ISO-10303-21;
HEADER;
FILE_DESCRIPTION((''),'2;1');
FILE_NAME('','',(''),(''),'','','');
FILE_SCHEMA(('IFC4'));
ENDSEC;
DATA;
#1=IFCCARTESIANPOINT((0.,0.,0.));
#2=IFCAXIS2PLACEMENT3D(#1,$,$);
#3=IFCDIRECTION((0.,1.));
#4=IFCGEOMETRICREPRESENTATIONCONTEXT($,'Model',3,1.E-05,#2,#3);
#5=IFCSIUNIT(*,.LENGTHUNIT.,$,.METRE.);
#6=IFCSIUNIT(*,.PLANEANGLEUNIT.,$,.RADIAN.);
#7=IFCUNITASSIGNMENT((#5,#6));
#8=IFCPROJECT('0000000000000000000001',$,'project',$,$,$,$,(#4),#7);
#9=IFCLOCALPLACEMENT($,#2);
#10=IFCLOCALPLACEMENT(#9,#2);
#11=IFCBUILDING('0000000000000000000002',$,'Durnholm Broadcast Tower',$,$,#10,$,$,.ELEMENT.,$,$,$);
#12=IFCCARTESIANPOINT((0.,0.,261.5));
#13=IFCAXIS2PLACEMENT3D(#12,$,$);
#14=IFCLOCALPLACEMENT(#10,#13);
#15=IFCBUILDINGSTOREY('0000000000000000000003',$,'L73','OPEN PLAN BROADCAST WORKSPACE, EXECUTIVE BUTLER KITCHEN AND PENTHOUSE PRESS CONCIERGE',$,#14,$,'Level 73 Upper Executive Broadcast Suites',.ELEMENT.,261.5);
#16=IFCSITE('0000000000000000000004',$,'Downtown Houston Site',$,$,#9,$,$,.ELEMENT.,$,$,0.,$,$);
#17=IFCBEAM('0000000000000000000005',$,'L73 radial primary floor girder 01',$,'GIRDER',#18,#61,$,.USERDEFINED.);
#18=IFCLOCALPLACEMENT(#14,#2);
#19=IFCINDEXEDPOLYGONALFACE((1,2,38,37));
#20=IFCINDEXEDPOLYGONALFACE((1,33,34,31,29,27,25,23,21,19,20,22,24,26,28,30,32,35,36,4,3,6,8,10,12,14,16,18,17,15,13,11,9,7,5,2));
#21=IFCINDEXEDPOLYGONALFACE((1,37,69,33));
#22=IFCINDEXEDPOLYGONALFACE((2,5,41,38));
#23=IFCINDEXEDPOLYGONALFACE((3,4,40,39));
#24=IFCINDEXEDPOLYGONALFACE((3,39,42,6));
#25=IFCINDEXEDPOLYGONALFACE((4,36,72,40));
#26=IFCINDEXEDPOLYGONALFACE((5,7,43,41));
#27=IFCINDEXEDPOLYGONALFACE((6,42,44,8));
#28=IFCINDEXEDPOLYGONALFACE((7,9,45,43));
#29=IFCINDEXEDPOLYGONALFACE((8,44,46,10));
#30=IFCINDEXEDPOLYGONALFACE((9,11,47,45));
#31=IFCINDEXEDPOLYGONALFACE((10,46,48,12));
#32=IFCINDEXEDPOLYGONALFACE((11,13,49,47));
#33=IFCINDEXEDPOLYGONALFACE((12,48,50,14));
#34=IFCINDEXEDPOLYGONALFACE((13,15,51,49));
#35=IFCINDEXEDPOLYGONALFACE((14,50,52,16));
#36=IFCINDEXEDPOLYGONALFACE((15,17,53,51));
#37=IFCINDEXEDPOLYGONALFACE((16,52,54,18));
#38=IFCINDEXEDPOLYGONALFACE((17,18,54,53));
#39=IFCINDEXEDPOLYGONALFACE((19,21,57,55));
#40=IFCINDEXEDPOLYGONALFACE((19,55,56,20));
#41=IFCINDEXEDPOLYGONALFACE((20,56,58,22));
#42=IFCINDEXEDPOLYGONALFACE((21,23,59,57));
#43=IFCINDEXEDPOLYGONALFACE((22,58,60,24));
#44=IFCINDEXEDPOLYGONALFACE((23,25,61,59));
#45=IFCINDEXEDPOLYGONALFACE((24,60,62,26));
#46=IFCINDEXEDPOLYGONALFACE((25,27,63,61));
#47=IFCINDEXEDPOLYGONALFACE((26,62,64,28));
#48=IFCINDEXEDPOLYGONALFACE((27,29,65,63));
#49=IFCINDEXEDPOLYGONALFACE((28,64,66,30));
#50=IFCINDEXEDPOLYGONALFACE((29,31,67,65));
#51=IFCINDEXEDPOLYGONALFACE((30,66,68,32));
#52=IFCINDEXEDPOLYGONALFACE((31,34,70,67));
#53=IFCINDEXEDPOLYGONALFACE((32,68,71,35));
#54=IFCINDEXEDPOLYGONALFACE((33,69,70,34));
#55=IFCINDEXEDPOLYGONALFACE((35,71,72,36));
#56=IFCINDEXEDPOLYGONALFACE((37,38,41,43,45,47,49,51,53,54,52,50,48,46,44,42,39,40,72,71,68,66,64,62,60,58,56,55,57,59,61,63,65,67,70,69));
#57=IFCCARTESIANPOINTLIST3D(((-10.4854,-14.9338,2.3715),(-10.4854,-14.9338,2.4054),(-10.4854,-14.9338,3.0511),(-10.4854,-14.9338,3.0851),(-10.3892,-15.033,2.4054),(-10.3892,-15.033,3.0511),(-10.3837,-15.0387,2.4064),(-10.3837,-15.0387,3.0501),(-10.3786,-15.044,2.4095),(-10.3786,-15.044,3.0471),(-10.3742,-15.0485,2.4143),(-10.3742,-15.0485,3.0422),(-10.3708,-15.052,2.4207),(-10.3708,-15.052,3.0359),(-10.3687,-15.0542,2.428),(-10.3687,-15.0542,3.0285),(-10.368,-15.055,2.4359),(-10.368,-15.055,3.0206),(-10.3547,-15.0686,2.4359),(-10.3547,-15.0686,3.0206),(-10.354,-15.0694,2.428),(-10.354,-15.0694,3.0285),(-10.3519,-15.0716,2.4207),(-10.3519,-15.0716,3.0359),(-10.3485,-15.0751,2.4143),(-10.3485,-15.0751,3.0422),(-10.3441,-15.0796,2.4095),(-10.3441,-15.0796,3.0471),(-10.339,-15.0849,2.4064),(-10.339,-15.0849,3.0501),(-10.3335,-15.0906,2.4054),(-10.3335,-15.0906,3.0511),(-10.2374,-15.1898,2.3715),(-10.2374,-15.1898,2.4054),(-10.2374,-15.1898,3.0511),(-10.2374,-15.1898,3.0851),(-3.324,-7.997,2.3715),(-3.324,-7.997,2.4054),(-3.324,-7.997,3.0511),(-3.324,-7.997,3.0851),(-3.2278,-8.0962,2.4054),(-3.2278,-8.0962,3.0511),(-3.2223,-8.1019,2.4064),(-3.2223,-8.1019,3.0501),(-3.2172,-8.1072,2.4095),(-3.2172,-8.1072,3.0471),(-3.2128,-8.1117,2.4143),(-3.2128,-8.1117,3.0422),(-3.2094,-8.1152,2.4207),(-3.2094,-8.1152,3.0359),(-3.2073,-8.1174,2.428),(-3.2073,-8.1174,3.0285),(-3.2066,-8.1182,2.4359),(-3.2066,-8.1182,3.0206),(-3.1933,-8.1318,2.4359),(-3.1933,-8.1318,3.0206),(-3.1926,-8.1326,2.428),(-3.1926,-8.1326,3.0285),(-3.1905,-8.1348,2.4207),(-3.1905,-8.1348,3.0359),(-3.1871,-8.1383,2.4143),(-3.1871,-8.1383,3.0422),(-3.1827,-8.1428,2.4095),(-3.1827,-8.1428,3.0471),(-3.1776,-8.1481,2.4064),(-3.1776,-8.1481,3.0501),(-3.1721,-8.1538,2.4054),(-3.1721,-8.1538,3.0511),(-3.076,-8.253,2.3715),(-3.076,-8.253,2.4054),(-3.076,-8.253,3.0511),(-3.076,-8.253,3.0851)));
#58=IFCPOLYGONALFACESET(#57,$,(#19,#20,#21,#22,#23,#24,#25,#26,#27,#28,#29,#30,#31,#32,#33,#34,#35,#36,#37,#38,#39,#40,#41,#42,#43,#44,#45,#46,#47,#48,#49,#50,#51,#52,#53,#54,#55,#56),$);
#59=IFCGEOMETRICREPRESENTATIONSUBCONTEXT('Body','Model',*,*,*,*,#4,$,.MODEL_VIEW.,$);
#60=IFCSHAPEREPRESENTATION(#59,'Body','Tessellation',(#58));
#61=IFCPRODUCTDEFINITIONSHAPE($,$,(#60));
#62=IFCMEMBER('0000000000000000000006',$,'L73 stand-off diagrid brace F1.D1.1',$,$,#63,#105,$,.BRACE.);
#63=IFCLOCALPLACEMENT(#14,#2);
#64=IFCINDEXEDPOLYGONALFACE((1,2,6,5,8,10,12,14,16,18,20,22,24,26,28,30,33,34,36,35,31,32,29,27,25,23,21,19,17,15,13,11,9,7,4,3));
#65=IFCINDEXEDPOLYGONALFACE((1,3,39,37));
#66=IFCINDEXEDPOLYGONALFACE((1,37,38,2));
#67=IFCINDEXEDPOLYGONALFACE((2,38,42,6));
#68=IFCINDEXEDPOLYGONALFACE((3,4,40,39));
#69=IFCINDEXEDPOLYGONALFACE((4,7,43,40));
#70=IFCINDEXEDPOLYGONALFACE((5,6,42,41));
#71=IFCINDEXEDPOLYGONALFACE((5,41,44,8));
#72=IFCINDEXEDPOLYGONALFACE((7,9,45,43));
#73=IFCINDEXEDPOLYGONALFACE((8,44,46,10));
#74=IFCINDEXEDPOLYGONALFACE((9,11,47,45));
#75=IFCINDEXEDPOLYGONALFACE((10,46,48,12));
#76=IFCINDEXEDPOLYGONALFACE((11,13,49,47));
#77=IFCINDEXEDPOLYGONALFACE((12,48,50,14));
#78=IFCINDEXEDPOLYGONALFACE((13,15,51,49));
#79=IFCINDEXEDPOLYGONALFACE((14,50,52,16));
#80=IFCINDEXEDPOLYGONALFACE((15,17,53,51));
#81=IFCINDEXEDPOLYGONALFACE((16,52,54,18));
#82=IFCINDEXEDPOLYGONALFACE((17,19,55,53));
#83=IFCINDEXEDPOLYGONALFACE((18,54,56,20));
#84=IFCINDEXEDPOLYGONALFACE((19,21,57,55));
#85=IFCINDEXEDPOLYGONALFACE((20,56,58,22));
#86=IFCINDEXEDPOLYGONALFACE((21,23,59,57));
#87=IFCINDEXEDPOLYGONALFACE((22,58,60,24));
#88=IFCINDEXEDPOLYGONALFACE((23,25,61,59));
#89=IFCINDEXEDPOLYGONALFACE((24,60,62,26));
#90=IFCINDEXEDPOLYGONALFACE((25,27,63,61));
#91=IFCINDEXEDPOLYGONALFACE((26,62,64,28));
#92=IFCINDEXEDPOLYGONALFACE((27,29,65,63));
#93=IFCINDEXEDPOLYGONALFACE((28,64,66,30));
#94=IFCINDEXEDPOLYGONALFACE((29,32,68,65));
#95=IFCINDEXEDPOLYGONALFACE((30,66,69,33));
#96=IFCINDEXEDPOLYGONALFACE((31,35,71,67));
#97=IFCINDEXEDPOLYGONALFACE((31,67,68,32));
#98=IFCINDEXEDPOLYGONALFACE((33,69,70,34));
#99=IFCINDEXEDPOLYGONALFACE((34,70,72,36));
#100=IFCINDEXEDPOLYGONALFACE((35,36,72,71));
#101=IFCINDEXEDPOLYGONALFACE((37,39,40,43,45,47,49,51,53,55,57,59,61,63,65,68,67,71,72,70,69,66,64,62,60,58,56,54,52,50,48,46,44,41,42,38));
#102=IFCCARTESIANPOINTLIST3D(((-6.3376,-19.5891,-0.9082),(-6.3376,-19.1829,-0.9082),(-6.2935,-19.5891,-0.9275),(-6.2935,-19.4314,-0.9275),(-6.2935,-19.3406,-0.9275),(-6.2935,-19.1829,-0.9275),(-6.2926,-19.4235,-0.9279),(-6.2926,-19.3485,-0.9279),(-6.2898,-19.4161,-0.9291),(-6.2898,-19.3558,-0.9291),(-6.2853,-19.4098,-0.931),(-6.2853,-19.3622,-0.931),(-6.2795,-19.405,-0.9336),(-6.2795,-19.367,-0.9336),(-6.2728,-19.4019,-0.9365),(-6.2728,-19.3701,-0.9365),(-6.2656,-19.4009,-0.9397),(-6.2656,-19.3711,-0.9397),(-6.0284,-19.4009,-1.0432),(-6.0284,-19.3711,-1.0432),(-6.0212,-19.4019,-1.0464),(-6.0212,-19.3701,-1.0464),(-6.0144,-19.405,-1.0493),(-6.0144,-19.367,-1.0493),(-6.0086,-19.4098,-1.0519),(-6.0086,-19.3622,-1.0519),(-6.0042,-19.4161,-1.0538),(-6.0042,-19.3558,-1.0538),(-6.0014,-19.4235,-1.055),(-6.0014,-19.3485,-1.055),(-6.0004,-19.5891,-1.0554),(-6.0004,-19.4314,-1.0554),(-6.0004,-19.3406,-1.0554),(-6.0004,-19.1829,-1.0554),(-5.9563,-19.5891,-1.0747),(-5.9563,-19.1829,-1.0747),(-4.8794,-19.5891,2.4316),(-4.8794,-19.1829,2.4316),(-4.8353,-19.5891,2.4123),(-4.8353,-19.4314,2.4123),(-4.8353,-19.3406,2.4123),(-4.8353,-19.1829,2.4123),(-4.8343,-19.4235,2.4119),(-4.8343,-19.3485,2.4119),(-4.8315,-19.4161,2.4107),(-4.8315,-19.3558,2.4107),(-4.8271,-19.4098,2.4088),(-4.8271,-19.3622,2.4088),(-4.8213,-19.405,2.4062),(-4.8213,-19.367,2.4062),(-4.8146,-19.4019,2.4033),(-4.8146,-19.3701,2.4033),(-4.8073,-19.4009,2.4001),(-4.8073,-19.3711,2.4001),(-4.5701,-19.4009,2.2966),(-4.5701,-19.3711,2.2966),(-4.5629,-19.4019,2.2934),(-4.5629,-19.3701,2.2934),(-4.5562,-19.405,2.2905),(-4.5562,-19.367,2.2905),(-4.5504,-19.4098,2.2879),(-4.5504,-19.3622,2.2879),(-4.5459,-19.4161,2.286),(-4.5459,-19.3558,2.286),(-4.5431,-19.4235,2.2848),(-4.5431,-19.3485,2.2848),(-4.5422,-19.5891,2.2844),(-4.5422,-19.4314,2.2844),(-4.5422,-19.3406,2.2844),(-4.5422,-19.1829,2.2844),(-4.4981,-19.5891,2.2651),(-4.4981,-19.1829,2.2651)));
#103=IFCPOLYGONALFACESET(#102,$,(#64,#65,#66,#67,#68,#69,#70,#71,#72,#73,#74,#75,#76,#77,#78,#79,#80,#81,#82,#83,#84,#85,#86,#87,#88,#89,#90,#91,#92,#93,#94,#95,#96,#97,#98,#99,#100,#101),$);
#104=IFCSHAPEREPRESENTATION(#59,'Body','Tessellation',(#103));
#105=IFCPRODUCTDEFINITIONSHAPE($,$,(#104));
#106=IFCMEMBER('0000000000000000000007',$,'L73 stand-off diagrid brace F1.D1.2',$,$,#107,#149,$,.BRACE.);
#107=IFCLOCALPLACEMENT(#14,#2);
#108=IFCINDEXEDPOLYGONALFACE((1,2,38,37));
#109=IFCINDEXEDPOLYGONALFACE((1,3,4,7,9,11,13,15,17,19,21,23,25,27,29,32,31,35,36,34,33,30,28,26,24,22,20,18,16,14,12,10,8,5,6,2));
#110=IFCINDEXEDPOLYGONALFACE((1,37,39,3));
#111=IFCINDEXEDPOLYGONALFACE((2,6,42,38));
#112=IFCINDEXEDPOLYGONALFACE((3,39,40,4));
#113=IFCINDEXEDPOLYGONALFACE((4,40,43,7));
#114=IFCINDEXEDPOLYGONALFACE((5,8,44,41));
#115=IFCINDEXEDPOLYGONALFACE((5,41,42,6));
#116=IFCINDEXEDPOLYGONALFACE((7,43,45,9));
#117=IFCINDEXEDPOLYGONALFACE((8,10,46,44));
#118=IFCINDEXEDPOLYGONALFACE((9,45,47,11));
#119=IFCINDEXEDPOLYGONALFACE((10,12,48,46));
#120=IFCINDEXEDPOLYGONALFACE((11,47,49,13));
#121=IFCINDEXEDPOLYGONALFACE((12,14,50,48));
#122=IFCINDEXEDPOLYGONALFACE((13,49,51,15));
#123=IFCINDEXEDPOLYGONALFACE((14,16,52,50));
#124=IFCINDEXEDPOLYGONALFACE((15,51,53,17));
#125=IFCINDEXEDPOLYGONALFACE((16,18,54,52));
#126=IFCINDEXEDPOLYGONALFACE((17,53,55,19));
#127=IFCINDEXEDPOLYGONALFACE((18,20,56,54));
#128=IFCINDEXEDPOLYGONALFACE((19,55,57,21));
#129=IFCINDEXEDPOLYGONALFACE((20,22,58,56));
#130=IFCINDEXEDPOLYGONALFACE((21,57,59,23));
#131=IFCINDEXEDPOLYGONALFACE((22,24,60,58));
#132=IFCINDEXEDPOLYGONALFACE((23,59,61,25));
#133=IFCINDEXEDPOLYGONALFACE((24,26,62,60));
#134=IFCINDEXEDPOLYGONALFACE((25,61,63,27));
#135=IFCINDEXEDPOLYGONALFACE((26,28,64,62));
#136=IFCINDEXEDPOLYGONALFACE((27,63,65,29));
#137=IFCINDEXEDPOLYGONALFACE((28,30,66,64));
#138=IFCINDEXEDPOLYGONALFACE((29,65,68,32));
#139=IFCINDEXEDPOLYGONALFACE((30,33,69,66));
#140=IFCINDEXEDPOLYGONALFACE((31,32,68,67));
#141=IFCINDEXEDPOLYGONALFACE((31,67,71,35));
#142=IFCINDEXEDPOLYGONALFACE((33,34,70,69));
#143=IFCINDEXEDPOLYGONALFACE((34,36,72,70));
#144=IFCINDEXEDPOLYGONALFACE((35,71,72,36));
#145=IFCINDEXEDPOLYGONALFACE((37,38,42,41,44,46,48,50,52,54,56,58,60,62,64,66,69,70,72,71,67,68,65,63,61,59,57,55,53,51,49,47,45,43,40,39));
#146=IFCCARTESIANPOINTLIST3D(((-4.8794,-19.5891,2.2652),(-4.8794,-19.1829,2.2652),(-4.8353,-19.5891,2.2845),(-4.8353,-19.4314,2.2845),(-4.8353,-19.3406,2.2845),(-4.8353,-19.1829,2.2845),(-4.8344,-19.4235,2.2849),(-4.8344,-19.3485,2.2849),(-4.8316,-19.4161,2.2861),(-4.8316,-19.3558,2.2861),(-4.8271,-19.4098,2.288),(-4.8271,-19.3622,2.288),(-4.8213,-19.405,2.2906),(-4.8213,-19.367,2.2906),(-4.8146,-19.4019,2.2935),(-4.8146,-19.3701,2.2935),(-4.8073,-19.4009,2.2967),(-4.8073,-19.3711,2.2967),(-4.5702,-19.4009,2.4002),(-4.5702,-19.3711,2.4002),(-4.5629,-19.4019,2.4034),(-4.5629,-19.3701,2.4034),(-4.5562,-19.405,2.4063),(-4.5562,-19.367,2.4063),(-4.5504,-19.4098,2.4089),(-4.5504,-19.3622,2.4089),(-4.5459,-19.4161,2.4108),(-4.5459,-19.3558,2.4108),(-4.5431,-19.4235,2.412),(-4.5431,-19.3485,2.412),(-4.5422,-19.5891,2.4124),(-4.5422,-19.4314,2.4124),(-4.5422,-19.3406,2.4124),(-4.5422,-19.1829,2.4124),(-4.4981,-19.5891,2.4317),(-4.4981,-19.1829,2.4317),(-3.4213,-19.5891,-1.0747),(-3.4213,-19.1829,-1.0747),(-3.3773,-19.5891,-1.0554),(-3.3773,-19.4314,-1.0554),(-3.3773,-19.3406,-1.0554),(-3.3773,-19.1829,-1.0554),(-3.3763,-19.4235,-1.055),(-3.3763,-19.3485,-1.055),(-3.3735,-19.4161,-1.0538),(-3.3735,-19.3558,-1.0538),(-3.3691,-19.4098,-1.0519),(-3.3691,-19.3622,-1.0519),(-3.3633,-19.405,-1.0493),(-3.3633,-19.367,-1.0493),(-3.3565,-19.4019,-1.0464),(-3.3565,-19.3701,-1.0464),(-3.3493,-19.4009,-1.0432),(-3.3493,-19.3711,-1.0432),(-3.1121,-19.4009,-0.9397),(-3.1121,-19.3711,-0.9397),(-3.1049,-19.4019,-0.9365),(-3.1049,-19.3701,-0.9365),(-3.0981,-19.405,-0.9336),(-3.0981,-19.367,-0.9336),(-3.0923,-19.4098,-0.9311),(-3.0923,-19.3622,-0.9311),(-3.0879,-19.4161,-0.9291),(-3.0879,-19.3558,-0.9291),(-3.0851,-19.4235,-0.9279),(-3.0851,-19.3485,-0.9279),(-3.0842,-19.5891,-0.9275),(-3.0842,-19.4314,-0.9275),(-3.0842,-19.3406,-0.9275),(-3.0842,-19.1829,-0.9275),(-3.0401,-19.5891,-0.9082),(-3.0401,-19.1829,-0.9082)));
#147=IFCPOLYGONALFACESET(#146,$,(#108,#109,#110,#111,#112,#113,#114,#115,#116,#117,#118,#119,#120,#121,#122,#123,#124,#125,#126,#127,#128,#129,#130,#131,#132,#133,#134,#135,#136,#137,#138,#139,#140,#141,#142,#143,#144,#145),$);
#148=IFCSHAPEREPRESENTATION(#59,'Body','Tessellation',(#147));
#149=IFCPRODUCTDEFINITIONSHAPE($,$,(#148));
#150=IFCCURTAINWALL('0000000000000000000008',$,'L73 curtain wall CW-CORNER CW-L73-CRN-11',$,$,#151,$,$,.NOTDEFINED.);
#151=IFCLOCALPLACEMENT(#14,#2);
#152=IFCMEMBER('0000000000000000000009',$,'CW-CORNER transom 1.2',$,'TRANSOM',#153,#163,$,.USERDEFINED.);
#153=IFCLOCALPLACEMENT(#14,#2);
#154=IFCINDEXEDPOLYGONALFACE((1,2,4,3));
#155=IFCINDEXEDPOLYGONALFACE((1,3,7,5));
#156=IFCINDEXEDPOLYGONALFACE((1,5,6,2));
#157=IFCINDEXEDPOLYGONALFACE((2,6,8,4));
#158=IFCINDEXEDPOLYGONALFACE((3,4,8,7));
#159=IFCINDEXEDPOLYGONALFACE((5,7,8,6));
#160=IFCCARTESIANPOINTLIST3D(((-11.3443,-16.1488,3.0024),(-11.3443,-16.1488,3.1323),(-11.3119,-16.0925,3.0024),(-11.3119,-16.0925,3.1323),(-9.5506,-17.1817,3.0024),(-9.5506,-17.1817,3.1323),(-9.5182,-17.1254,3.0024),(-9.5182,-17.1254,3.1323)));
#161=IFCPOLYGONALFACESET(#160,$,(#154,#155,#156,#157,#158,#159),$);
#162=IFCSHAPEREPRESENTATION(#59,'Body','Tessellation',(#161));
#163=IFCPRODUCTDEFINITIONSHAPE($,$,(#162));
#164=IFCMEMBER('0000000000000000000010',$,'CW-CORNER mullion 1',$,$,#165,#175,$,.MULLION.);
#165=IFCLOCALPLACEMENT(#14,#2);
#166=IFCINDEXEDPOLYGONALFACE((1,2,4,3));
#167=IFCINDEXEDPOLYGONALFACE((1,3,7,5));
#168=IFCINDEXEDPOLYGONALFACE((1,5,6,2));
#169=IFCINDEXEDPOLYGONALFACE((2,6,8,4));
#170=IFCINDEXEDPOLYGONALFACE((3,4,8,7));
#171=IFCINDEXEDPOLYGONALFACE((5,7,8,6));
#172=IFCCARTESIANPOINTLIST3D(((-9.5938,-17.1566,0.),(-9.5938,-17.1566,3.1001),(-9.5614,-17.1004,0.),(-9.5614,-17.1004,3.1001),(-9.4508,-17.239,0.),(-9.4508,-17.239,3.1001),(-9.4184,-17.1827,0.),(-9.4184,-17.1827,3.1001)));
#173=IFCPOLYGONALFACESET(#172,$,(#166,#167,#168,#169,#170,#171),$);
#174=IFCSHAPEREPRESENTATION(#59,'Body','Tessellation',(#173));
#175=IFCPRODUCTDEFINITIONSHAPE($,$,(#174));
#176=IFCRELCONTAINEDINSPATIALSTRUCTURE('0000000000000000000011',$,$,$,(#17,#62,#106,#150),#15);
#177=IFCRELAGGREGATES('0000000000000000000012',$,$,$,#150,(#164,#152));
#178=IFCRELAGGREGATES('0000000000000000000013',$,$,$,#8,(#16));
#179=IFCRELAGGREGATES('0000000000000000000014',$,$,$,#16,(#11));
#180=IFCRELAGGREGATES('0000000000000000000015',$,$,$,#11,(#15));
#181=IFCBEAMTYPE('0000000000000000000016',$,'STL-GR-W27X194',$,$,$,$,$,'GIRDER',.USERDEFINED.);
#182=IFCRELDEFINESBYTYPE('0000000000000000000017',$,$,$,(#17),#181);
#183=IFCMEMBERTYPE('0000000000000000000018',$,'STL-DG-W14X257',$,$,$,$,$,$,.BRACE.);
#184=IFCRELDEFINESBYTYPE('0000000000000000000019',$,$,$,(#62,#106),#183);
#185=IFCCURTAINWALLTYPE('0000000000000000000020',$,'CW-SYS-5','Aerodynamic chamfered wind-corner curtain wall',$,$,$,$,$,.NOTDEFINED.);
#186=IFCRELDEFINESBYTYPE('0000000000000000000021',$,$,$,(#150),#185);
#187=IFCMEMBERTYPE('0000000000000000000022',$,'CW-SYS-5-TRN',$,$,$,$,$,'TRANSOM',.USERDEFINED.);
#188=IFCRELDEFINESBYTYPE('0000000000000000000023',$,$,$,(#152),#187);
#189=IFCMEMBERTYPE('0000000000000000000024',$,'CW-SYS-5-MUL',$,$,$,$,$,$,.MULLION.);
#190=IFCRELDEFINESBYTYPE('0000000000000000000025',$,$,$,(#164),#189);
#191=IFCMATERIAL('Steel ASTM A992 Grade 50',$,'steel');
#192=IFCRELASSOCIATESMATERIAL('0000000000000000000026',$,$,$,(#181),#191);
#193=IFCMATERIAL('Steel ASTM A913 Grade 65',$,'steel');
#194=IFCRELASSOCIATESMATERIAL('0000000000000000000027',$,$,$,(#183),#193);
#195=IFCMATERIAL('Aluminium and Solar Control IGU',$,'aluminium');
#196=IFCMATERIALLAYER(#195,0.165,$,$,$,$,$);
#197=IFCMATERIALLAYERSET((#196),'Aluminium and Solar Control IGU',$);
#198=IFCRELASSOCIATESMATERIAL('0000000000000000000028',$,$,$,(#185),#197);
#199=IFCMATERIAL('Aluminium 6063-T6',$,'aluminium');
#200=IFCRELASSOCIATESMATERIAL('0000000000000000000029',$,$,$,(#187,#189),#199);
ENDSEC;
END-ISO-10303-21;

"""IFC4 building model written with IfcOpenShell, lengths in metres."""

from ifc_helpers import new_model, si_unit, direction, frame, origin, origin_2d, place, context, subcontext, project, spatial, rectangle, i_section, extrude, source, transform, mapped, material, layer, layer_set, material_profile, profile_set, type_object, type_shapes, element, aggregate, save


model = new_model("IFC4")

# Units and contexts
model_context = context("Model", 3, precision=1e-05, world=origin(), true_north=direction((0.0, 1.0)))
body_context = subcontext(model_context, "Body", "Model", "MODEL_VIEW")
ifc_project = project(units=[si_unit("LENGTHUNIT", "METRE"), si_unit("PLANEANGLEUNIT", "RADIAN")], contexts=[model_context])

# Site, building, storey
site_placement = place(None, origin())
site = spatial("IfcSite", under=ifc_project, at=site_placement, Name="Downtown Houston Site", CompositionType="ELEMENT", RefElevation=0.0)
building_placement = place(site_placement, origin())
building = spatial("IfcBuilding", under=site, at=building_placement, Name="Durnholm Broadcast Tower", CompositionType="ELEMENT")
storey_placement = place(building_placement, frame((0.0, 0.0, 261.5)))
storey = spatial("IfcBuildingStorey", under=building, at=storey_placement, Name="L73", Description="OPEN PLAN BROADCAST WORKSPACE, EXECUTIVE BUTLER KITCHEN AND PENTHOUSE PRESS CONCIERGE", LongName="Level 73 Upper Executive Broadcast Suites", CompositionType="ELEMENT", Elevation=261.5)

# Beam
ifc_material_1 = material(Name="Steel ASTM A992 Grade 50", Category="steel")
ifc_material_profile_1 = material_profile(ifc_material_1, i_section(OverallWidth=0.3564, OverallDepth=0.7136, WebThickness=0.019, FlangeThickness=0.0339, FilletRadius=0.0305, at=origin_2d()), Name="W27X194")
ifc_profile_set_1 = profile_set([ifc_material_profile_1], Name="Steel ASTM A992 Grade 50")
beam_type_1 = type_object("IfcBeamType", Name="STL-GR-W27X194", ElementType="GIRDER", PredefinedType="USERDEFINED", material=ifc_profile_set_1)
shared_shape_1 = source(origin(), body_context, "Body", "SweptSolid", [
    extrude(i_section(OverallWidth=0.3564, OverallDepth=0.7136, WebThickness=0.019, FlangeThickness=0.0339, FilletRadius=0.0305, at=origin_2d()), origin(), (0.0, 0.0, 1.0), 9.9702),
])
type_shapes(beam_type_1, [shared_shape_1])
beam_1_placement = place(storey_placement, frame((-3.2, -8.125, 2.7283), z_axis=(-0.718281, -0.695753, 0.0), x_axis=(0.695753, -0.718281, 0.0)))
element("IfcBeam", 1, at=beam_1_placement, inside=storey, type_object=beam_type_1, Name="L73 radial primary floor girder 01", ObjectType="GIRDER", PredefinedType="USERDEFINED", context=body_context, shape_type="MappedRepresentation", body=[
    mapped(shared_shape_1, transform((0.0, 0.0, 0.0), x_axis=(1.0, 0.0, 0.0), y_axis=(0.0, 1.0, 0.0), z_axis=(0.0, 0.0, 1.0), scale=1.0)),
])

# Members
ifc_material_2 = material(Name="Steel ASTM A913 Grade 65", Category="steel")
ifc_material_profile_2 = material_profile(ifc_material_2, i_section(OverallWidth=0.4062, OverallDepth=0.416, WebThickness=0.0298, FlangeThickness=0.0481, FilletRadius=0.0305, at=origin_2d()), Name="W14X257")
ifc_profile_set_2 = profile_set([ifc_material_profile_2], Name="Steel ASTM A913 Grade 65")
member_type_1 = type_object("IfcMemberType", Name="STL-DG-W14X257", PredefinedType="BRACE", material=ifc_profile_set_2)
shared_shape_2 = source(origin(), body_context, "Body", "SweptSolid", [
    extrude(i_section(OverallWidth=0.4062, OverallDepth=0.416, WebThickness=0.0298, FlangeThickness=0.0481, FilletRadius=0.0305, at=origin_2d()), origin(), (0.0, 0.0, 1.0), 3.6443),
])
type_shapes(member_type_1, [shared_shape_2])
for number, where, z_axis, x_axis, name in (
    (2, (-6.147, -19.386, -0.9915), (0.400144, 0.0, 0.916452), (0.0, 1.0, 0.0), "L73 stand-off diagrid brace F1.D1.1"),
    (3, (-3.2307, -19.386, -0.9915), (-0.400088, 0.0, 0.916477), (0.0, -1.0, 0.0), "L73 stand-off diagrid brace F1.D1.2"),
):
    element("IfcMember", number, at=place(storey_placement, frame(where, z_axis=z_axis, x_axis=x_axis)), inside=storey, type_object=member_type_1, Name=name, PredefinedType="BRACE", context=body_context, shape_type="MappedRepresentation", body=[
        mapped(shared_shape_2, transform((0.0, 0.0, 0.0), x_axis=(1.0, 0.0, 0.0), y_axis=(0.0, 1.0, 0.0), z_axis=(0.0, 0.0, 1.0), scale=1.0)),
    ])

# Curtain wall, members
ifc_material_3 = material(Name="Aluminium and Solar Control IGU", Category="aluminium")
ifc_layer_1 = layer(ifc_material_3, 0.165)
ifc_layer_set_1 = layer_set([ifc_layer_1], Name="Aluminium and Solar Control IGU")
curtain_wall_type_1 = type_object("IfcCurtainWallType", Name="CW-SYS-5", Description="Aerodynamic chamfered wind-corner curtain wall", PredefinedType="NOTDEFINED", material=ifc_layer_set_1)
curtain_wall_1_placement = place(storey_placement, origin())
curtain_wall_1 = element("IfcCurtainWall", 4, at=curtain_wall_1_placement, inside=storey, type_object=curtain_wall_type_1, Name="L73 curtain wall CW-CORNER CW-L73-CRN-11", PredefinedType="NOTDEFINED")
ifc_material_4 = material(Name="Aluminium 6063-T6", Category="aluminium")
ifc_material_profile_3 = material_profile(ifc_material_4, rectangle(XDim=0.0649, YDim=0.1299, at=origin_2d()), Name="CWT65X130")
ifc_profile_set_3 = profile_set([ifc_material_profile_3], Name="Aluminium 6063-T6")
member_type_2 = type_object("IfcMemberType", Name="CW-SYS-5-TRN", ElementType="TRANSOM", PredefinedType="USERDEFINED", material=ifc_profile_set_3)
shared_shape_3 = source(origin(), body_context, "Body", "SweptSolid", [
    extrude(rectangle(XDim=0.0649, YDim=0.1299, at=origin_2d()), origin(), (0.0, 0.0, 1.0), 2.0698),
])
type_shapes(member_type_2, [shared_shape_3])
member_1_placement = place(storey_placement, frame((-9.5344, -17.1536, 3.0674), z_axis=(-0.866576, 0.499045, 0.0), x_axis=(-0.499045, -0.866576, 0.0)))
member_1 = element("IfcMember", 5, at=member_1_placement, type_object=member_type_2, Name="CW-CORNER transom 1.2", ObjectType="TRANSOM", PredefinedType="USERDEFINED", context=body_context, shape_type="MappedRepresentation", body=[
    mapped(shared_shape_3, transform((0.0, 0.0, 0.0), x_axis=(1.0, 0.0, 0.0), y_axis=(0.0, 1.0, 0.0), z_axis=(0.0, 0.0, 1.0), scale=1.0)),
])
ifc_material_profile_4 = material_profile(ifc_material_4, rectangle(XDim=0.0649, YDim=0.165, at=origin_2d()), Name="CWM65X165")
ifc_profile_set_4 = profile_set([ifc_material_profile_4], Name="Aluminium 6063-T6")
member_type_3 = type_object("IfcMemberType", Name="CW-SYS-5-MUL", PredefinedType="MULLION", material=ifc_profile_set_4)
shared_shape_4 = source(origin(), body_context, "Body", "SweptSolid", [
    extrude(rectangle(XDim=0.0649, YDim=0.165, at=origin_2d()), origin(), (0.0, 0.0, 1.0), 3.1001),
])
type_shapes(member_type_3, [shared_shape_4])
member_2_placement = place(storey_placement, frame((-9.5061, -17.1697, 0.0), z_axis=(0.0, 0.0, 1.0), x_axis=(-0.499059, -0.866568, 0.0)))
member_2 = element("IfcMember", 6, at=member_2_placement, type_object=member_type_3, Name="CW-CORNER mullion 1", PredefinedType="MULLION", context=body_context, shape_type="MappedRepresentation", body=[
    mapped(shared_shape_4, transform((0.0, 0.0, 0.0), x_axis=(1.0, 0.0, 0.0), y_axis=(0.0, 1.0, 0.0), z_axis=(0.0, 0.0, 1.0), scale=1.0)),
])
aggregate(curtain_wall_1, [member_2, member_1])

save(model, "model.ifc")
